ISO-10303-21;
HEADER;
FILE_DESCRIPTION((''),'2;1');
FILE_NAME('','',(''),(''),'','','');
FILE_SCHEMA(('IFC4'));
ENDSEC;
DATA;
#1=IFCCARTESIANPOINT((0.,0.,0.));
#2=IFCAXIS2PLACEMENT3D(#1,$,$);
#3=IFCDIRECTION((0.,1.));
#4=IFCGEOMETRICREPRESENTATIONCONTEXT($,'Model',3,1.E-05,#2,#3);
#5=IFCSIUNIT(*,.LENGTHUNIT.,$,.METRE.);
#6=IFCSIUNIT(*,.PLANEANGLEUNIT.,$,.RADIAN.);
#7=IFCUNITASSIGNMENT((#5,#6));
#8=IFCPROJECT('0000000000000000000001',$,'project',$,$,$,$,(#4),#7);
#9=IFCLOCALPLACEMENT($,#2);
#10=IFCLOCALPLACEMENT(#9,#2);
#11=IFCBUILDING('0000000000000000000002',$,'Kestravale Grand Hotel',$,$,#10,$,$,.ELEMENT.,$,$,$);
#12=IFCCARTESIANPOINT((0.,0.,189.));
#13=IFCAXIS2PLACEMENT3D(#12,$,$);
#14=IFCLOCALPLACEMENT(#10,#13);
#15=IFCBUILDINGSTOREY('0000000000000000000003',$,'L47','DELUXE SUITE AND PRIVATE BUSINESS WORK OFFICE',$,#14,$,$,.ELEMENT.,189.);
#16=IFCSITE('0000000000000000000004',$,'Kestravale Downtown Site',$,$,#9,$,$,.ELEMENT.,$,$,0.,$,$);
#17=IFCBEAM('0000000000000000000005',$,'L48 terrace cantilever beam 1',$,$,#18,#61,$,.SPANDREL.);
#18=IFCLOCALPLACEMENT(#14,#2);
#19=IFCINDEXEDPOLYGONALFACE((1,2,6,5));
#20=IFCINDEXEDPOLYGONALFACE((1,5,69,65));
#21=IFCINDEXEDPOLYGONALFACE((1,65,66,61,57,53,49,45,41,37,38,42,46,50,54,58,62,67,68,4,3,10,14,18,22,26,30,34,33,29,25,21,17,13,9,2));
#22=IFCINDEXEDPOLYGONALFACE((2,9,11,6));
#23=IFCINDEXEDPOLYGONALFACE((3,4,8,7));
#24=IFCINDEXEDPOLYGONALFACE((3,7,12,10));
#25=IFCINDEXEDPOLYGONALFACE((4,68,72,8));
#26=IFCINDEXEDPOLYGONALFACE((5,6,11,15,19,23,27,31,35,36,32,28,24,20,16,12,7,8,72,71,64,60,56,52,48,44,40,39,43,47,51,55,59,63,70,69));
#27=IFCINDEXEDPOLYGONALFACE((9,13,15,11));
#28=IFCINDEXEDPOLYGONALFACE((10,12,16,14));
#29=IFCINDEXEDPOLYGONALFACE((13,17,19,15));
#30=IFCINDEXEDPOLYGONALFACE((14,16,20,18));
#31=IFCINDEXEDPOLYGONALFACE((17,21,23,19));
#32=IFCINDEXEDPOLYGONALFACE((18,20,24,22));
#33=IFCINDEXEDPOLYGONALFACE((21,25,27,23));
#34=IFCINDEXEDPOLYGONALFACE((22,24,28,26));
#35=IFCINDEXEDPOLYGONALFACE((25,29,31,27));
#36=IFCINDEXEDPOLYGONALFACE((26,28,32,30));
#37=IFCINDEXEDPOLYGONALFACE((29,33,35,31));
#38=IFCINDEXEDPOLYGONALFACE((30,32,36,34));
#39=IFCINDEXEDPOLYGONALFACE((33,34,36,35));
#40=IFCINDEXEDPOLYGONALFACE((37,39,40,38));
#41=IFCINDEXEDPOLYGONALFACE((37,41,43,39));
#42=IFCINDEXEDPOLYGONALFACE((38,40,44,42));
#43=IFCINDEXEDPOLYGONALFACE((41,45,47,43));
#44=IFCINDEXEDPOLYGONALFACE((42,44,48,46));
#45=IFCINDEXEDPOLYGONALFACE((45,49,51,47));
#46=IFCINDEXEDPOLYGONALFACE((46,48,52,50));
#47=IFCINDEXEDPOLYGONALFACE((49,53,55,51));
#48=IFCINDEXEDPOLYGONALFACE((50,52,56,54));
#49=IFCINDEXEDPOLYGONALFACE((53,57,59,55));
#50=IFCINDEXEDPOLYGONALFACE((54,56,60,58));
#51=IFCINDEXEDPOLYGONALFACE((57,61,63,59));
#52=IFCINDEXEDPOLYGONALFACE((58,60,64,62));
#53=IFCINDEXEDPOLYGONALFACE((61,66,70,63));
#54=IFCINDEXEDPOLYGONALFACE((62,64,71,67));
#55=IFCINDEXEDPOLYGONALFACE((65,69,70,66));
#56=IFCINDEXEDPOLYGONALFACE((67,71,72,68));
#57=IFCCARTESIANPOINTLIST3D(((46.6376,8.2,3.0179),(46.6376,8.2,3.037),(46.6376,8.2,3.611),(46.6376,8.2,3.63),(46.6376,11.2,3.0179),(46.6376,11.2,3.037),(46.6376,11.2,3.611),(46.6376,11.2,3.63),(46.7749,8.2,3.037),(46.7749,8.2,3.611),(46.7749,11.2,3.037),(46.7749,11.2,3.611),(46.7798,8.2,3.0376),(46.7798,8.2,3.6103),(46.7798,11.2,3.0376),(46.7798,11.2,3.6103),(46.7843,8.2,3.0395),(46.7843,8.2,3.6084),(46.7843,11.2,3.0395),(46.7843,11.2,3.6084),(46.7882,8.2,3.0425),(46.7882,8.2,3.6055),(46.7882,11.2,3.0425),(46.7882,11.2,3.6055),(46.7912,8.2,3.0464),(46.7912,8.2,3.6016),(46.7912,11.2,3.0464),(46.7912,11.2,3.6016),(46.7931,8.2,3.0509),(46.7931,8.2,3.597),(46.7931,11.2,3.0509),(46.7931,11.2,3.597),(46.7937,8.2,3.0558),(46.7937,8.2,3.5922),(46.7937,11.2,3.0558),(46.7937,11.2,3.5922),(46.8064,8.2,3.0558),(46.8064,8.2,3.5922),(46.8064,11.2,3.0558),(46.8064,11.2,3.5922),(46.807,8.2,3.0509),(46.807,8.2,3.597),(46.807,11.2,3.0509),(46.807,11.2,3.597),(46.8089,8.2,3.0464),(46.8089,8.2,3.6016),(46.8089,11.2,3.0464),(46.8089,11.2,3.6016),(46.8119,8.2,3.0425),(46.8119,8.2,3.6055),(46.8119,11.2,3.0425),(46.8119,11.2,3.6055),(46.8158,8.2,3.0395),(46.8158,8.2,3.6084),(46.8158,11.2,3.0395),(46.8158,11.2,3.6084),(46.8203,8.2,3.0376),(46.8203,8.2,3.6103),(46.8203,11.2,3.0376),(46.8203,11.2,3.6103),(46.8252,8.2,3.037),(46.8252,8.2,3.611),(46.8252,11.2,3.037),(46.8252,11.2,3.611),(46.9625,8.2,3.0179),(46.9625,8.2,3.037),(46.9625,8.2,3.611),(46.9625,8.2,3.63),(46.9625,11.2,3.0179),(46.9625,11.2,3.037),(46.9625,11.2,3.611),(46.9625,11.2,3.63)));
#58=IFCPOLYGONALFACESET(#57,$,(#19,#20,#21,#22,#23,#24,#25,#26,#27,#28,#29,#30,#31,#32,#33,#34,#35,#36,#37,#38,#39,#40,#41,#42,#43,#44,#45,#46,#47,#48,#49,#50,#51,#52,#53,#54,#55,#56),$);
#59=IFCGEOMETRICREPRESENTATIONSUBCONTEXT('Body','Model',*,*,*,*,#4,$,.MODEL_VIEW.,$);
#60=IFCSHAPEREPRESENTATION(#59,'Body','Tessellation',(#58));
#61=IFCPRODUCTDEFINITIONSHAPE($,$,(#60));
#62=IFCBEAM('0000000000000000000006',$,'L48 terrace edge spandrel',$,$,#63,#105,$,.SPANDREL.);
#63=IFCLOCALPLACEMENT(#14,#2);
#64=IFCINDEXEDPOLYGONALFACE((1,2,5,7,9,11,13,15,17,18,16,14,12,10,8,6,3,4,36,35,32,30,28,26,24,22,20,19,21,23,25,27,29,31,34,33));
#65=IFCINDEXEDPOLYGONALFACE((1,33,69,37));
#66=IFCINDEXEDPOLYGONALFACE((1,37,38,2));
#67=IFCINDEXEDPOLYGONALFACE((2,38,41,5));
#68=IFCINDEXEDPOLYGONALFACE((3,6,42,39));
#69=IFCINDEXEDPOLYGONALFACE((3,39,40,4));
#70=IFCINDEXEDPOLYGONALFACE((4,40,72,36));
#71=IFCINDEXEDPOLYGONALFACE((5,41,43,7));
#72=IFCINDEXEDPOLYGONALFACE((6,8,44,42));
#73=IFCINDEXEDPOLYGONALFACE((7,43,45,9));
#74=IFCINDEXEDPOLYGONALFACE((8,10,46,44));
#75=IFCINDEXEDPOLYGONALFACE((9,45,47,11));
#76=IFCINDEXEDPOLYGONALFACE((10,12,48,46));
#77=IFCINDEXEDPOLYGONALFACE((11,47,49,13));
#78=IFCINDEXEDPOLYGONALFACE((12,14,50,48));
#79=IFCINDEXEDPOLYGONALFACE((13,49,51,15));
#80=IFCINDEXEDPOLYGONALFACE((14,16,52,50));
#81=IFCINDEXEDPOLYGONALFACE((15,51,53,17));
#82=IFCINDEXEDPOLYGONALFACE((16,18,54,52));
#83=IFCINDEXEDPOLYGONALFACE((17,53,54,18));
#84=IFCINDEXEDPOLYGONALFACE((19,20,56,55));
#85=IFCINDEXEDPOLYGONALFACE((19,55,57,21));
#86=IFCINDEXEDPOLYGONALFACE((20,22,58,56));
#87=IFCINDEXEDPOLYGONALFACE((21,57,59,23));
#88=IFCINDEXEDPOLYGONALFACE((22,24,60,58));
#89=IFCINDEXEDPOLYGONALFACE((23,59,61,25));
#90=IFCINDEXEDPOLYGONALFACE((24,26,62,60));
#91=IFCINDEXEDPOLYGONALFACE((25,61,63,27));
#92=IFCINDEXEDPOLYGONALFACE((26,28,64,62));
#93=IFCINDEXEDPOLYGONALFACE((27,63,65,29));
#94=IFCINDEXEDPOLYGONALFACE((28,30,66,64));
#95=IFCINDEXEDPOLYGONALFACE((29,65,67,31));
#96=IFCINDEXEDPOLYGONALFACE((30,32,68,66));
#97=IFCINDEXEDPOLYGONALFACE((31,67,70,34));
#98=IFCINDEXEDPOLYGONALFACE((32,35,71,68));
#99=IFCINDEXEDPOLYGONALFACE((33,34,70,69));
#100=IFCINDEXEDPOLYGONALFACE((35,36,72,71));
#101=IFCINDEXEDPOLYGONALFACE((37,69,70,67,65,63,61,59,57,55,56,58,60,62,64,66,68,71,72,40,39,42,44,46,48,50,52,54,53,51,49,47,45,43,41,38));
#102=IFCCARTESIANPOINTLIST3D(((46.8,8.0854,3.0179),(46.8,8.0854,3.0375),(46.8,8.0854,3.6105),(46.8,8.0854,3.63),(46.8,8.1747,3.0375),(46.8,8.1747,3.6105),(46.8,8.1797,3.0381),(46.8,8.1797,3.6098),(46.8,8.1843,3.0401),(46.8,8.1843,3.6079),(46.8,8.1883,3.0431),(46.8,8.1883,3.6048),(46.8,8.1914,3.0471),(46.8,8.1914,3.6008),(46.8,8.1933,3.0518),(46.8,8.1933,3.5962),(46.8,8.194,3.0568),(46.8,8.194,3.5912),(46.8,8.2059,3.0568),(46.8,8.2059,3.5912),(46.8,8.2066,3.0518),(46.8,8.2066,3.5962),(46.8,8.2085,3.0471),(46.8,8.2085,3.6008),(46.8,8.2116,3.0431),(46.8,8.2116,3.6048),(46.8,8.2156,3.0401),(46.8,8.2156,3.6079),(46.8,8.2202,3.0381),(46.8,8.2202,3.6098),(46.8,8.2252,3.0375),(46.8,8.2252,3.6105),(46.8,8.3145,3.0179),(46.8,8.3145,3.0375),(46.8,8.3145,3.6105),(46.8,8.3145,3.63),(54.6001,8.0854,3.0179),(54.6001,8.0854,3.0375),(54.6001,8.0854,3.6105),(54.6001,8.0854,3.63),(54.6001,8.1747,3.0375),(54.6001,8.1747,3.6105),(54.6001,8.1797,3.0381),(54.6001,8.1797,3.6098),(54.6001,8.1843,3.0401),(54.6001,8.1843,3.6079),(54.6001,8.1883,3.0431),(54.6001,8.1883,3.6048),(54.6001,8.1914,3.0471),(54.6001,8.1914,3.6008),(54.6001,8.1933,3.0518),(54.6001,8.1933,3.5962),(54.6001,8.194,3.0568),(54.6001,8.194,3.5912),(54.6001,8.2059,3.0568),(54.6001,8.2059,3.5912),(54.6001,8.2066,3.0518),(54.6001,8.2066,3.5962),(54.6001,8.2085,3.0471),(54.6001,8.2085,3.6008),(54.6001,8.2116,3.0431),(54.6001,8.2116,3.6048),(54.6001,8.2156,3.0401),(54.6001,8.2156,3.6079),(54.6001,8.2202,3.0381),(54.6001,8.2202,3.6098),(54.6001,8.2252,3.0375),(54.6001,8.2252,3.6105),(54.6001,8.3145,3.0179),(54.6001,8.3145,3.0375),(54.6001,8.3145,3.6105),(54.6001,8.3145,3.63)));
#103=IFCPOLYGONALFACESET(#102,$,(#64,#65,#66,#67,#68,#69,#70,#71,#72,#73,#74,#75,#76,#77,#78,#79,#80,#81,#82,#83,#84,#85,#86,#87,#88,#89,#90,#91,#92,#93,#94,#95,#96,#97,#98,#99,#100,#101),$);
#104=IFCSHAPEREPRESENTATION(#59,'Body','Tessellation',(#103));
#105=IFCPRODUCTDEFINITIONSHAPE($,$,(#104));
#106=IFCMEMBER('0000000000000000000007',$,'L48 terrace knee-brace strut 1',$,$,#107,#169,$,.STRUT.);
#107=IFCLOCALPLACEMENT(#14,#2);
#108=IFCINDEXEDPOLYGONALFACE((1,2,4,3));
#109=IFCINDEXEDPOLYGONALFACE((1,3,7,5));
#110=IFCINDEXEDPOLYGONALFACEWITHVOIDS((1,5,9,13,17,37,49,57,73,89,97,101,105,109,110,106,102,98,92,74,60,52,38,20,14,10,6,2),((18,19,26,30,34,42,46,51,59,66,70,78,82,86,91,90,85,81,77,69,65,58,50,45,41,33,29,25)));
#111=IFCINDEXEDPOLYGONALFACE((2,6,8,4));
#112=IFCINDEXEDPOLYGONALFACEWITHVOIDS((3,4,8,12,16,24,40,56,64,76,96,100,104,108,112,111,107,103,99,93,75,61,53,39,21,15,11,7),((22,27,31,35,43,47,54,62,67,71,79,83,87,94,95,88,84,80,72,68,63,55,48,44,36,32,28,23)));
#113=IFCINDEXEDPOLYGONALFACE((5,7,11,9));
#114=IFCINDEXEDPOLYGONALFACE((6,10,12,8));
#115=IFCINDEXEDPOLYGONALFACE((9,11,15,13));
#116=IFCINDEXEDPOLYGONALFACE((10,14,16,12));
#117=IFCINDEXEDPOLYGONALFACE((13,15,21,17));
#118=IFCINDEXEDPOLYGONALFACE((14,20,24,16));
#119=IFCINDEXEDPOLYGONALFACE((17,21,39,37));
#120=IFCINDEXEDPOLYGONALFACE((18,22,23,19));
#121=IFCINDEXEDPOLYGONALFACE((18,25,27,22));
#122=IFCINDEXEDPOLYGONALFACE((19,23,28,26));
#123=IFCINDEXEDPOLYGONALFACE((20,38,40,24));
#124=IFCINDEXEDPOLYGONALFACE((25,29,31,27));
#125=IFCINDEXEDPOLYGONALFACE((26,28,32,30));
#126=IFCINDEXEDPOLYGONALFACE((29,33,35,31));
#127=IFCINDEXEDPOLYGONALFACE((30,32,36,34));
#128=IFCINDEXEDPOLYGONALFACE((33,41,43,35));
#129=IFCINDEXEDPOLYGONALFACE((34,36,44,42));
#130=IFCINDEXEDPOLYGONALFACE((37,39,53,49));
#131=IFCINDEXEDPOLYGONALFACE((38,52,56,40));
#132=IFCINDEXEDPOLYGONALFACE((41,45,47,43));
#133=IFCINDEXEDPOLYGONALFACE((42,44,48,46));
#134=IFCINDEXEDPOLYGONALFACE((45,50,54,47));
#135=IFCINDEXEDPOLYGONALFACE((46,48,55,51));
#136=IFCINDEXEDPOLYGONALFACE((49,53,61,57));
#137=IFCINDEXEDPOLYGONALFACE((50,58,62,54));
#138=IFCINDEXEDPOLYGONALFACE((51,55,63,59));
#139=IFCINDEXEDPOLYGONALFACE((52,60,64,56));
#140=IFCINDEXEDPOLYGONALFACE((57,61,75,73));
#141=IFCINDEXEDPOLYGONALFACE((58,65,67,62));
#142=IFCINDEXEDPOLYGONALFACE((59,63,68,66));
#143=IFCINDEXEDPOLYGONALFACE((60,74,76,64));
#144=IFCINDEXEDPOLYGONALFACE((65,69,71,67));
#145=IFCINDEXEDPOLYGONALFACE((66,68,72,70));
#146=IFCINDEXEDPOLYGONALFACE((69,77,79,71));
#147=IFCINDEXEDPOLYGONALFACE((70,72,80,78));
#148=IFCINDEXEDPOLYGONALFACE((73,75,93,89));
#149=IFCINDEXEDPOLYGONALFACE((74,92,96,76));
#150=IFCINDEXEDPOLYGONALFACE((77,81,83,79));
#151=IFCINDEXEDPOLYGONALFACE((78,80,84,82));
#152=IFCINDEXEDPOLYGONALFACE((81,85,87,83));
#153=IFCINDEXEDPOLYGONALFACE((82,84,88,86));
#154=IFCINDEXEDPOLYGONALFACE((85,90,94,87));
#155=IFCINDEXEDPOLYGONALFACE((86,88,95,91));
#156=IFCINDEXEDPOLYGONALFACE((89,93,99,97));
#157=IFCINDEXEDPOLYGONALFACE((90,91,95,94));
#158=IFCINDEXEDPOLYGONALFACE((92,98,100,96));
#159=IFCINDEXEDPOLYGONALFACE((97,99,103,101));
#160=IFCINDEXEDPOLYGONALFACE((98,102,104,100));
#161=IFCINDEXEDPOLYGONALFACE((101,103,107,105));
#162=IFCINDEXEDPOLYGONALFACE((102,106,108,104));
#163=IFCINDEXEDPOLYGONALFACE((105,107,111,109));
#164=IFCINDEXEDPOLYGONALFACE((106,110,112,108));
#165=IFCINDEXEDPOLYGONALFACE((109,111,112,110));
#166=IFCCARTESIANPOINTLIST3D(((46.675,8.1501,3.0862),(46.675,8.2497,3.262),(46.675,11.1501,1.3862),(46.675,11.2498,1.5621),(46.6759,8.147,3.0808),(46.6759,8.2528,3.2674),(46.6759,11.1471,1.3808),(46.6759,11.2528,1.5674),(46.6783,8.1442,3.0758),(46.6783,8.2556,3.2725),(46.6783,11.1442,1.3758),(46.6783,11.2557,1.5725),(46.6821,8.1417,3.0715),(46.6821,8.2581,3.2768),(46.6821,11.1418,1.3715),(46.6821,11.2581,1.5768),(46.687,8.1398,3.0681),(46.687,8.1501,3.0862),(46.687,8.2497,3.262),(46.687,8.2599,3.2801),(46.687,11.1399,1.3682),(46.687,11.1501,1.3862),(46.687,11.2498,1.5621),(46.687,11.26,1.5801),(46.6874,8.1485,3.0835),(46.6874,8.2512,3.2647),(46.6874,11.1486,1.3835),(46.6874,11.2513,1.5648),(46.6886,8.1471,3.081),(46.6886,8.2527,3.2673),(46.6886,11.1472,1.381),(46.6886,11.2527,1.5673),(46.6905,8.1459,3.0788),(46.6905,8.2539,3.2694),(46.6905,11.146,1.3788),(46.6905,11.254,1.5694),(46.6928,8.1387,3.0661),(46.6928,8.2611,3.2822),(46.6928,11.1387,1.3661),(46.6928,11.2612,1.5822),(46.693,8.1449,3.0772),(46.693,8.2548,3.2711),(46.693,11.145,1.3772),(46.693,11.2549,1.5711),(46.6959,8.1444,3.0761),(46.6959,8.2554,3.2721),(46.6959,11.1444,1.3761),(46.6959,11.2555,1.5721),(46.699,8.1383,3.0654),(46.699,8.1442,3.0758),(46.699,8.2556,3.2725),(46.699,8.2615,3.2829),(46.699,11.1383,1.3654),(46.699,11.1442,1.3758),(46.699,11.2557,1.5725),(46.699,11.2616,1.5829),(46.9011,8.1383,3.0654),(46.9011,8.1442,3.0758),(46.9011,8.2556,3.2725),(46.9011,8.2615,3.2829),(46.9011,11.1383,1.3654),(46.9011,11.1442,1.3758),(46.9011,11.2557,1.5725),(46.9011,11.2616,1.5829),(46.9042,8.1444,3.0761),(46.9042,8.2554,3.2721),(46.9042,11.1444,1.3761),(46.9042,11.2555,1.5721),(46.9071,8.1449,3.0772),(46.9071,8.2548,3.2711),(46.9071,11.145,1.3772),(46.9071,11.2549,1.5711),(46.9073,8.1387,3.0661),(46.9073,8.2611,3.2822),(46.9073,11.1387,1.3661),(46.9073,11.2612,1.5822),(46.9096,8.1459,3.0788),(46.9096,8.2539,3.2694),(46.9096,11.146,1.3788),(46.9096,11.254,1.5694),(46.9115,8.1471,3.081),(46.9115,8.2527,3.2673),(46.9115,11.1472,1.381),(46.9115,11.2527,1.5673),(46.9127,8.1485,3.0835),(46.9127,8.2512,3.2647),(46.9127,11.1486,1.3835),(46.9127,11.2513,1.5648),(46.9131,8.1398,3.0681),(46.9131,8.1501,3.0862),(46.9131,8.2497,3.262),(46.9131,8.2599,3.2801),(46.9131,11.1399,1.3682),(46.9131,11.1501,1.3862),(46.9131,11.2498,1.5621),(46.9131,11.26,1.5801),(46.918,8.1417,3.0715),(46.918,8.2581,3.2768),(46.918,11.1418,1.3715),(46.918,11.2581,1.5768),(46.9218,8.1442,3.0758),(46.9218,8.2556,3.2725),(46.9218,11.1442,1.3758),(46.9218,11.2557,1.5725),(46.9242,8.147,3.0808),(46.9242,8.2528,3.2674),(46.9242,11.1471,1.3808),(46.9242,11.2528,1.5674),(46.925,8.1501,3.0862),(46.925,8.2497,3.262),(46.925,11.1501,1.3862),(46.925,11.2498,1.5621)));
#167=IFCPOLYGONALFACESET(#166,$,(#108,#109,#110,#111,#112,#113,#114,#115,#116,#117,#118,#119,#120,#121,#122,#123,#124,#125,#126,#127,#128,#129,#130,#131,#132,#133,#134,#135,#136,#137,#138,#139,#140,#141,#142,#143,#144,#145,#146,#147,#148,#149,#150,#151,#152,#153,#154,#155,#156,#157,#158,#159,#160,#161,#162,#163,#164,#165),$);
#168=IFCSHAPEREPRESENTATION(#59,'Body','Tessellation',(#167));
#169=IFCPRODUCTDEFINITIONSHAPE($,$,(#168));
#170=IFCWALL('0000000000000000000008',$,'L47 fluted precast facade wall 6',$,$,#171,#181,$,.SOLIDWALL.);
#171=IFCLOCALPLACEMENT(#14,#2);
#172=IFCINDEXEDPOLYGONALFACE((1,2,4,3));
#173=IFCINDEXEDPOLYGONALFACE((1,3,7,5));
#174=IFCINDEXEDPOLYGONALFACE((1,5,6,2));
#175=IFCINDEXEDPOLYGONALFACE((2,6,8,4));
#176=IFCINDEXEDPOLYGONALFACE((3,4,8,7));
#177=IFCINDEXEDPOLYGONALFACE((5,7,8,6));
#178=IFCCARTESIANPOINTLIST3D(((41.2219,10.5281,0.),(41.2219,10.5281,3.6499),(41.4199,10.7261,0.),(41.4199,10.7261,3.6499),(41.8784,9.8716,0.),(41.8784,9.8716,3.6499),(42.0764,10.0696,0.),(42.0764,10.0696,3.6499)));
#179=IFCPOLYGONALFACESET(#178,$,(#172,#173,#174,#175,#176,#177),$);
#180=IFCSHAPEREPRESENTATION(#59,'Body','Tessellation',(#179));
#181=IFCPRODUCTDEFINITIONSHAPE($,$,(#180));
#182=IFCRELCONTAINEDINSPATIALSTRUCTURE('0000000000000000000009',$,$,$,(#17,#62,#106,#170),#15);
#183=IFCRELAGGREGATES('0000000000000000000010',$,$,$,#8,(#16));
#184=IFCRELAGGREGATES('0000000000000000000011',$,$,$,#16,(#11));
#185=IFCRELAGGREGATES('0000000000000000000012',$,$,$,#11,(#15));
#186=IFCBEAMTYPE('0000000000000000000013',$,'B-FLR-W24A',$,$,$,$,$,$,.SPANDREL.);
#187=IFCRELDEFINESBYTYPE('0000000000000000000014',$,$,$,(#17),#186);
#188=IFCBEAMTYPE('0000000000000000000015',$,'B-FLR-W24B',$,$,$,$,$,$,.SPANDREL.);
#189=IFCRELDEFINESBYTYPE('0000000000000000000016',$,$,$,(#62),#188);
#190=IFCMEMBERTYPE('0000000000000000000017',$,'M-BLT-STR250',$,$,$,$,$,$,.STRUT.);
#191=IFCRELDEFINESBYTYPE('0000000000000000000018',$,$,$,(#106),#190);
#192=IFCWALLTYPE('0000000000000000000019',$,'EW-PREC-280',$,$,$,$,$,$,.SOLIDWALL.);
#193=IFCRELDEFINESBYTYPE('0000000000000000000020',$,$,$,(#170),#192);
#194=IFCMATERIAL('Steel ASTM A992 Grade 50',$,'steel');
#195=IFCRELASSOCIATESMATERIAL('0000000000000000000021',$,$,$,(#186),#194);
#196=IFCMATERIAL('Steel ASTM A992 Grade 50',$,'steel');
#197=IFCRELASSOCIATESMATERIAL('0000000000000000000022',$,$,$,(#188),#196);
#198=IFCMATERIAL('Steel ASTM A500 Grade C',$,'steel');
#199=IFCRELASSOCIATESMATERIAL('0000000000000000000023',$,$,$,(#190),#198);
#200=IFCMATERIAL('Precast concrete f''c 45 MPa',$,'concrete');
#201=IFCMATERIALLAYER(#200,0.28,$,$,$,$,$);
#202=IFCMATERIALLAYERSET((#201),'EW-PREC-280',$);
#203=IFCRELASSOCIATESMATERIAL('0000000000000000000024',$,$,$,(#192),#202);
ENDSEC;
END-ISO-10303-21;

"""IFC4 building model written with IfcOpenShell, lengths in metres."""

from ifc_helpers import new_model, si_unit, direction, frame, frame_2d, origin, origin_2d, place, context, subcontext, project, spatial, rectangle, hollow_rectangle, i_section, extrude, material, layer, layer_set, material_profile, profile_set, type_object, element, save


model = new_model("IFC4")

# Units and contexts
model_context = context("Model", 3, precision=1e-05, world=origin(), true_north=direction((0.0, 1.0)))
body_context = subcontext(model_context, "Body", "Model", "MODEL_VIEW")
ifc_project = project(units=[si_unit("LENGTHUNIT", "METRE"), si_unit("PLANEANGLEUNIT", "RADIAN")], contexts=[model_context])

# Site, building, storey
site_placement = place(None, origin())
site = spatial("IfcSite", under=ifc_project, at=site_placement, Name="Kestravale Downtown Site", CompositionType="ELEMENT", RefElevation=0.0)
building_placement = place(site_placement, origin())
building = spatial("IfcBuilding", under=site, at=building_placement, Name="Kestravale Grand Hotel", CompositionType="ELEMENT")
storey_placement = place(building_placement, frame((0.0, 0.0, 189.0)))
storey = spatial("IfcBuildingStorey", under=building, at=storey_placement, Name="L47", Description="DELUXE SUITE AND PRIVATE BUSINESS WORK OFFICE", CompositionType="ELEMENT", Elevation=189.0)

# Beams
ifc_material_1 = material(Name="Steel ASTM A992 Grade 50", Category="steel")
ifc_material_profile_1 = material_profile(ifc_material_1, i_section(OverallWidth=0.325, OverallDepth=0.6121, WebThickness=0.0127, FlangeThickness=0.019, FilletRadius=0.0188, at=origin_2d()))
ifc_profile_set_1 = profile_set([ifc_material_profile_1], Name="Steel ASTM A992 Grade 50")
beam_type_1 = type_object("IfcBeamType", Name="B-FLR-W24A", PredefinedType="SPANDREL", material=ifc_profile_set_1)
beam_1_placement = place(storey_placement, frame((46.8, 11.2, 3.324), z_axis=(0.0, -1.0, 0.0), x_axis=(1.0, 0.0, 0.0)))
element("IfcBeam", 1, at=beam_1_placement, inside=storey, type_object=beam_type_1, Name="L48 terrace cantilever beam 1", PredefinedType="SPANDREL", context=body_context, shape_type="SweptSolid", body=[
    extrude(i_section(OverallWidth=0.325, OverallDepth=0.6121, WebThickness=0.0127, FlangeThickness=0.019, FilletRadius=0.0188, at=origin_2d()), origin(), (0.0, 0.0, 1.0), 3.0),
])
ifc_material_2 = material(Name="Steel ASTM A992 Grade 50", Category="steel")
ifc_material_profile_2 = material_profile(ifc_material_2, i_section(OverallWidth=0.229, OverallDepth=0.6121, WebThickness=0.012, FlangeThickness=0.0195, FilletRadius=0.0193, at=origin_2d()))
ifc_profile_set_2 = profile_set([ifc_material_profile_2], Name="Steel ASTM A992 Grade 50")
beam_type_2 = type_object("IfcBeamType", Name="B-FLR-W24B", PredefinedType="SPANDREL", material=ifc_profile_set_2)
beam_2_placement = place(storey_placement, frame((46.8, 8.2, 3.324), z_axis=(1.0, 0.0, 0.0), x_axis=(0.0, 1.0, 0.0)))
element("IfcBeam", 2, at=beam_2_placement, inside=storey, type_object=beam_type_2, Name="L48 terrace edge spandrel", PredefinedType="SPANDREL", context=body_context, shape_type="SweptSolid", body=[
    extrude(i_section(OverallWidth=0.229, OverallDepth=0.6121, WebThickness=0.012, FlangeThickness=0.0195, FilletRadius=0.0193, at=origin_2d()), origin(), (0.0, 0.0, 1.0), 7.8),
])

# Member
ifc_material_3 = material(Name="Steel ASTM A500 Grade C", Category="steel")
ifc_material_profile_3 = material_profile(ifc_material_3, hollow_rectangle(XDim=0.25, YDim=0.25, WallThickness=0.012, InnerFilletRadius=0.012, OuterFilletRadius=0.0239, at=origin_2d()))
ifc_profile_set_3 = profile_set([ifc_material_profile_3], Name="Steel ASTM A500 Grade C")
member_type = type_object("IfcMemberType", Name="M-BLT-STR250", PredefinedType="STRUT", material=ifc_profile_set_3)
member_placement = place(storey_placement, frame((46.8, 11.2, 1.4741), z_axis=(0.0, -0.870028, 0.493002), x_axis=(1.0, 0.0, 0.0)))
element("IfcMember", 3, at=member_placement, inside=storey, type_object=member_type, Name="L48 terrace knee-brace strut 1", PredefinedType="STRUT", context=body_context, shape_type="SweptSolid", body=[
    extrude(hollow_rectangle(XDim=0.25, YDim=0.25, WallThickness=0.012, InnerFilletRadius=0.012, OuterFilletRadius=0.0239, at=origin_2d()), origin(), (0.0, 0.0, 1.0), 3.4482),
])

# Wall
ifc_material_4 = material(Name="Precast concrete f'c 45 MPa", Category="concrete")
ifc_layer_1 = layer(ifc_material_4, 0.28)
ifc_layer_set_1 = layer_set([ifc_layer_1], Name="EW-PREC-280")
wall_type_1 = type_object("IfcWallType", Name="EW-PREC-280", PredefinedType="SOLIDWALL", material=ifc_layer_set_1)
wall_1_placement = place(storey_placement, frame((41.3208, 10.6272, 0.0), z_axis=(0.0, 0.0, 1.0), x_axis=(0.707107, -0.707107, 0.0)))
element("IfcWall", 4, at=wall_1_placement, inside=storey, type_object=wall_type_1, Name="L47 fluted precast facade wall 6", PredefinedType="SOLIDWALL", context=body_context, shape_type="SweptSolid", body=[
    extrude(rectangle(XDim=0.9285, YDim=0.28, at=frame_2d((0.4644, 0.0))), origin(), (0.0, 0.0, 1.0), 3.6499),
])

save(model, "model.ifc")
